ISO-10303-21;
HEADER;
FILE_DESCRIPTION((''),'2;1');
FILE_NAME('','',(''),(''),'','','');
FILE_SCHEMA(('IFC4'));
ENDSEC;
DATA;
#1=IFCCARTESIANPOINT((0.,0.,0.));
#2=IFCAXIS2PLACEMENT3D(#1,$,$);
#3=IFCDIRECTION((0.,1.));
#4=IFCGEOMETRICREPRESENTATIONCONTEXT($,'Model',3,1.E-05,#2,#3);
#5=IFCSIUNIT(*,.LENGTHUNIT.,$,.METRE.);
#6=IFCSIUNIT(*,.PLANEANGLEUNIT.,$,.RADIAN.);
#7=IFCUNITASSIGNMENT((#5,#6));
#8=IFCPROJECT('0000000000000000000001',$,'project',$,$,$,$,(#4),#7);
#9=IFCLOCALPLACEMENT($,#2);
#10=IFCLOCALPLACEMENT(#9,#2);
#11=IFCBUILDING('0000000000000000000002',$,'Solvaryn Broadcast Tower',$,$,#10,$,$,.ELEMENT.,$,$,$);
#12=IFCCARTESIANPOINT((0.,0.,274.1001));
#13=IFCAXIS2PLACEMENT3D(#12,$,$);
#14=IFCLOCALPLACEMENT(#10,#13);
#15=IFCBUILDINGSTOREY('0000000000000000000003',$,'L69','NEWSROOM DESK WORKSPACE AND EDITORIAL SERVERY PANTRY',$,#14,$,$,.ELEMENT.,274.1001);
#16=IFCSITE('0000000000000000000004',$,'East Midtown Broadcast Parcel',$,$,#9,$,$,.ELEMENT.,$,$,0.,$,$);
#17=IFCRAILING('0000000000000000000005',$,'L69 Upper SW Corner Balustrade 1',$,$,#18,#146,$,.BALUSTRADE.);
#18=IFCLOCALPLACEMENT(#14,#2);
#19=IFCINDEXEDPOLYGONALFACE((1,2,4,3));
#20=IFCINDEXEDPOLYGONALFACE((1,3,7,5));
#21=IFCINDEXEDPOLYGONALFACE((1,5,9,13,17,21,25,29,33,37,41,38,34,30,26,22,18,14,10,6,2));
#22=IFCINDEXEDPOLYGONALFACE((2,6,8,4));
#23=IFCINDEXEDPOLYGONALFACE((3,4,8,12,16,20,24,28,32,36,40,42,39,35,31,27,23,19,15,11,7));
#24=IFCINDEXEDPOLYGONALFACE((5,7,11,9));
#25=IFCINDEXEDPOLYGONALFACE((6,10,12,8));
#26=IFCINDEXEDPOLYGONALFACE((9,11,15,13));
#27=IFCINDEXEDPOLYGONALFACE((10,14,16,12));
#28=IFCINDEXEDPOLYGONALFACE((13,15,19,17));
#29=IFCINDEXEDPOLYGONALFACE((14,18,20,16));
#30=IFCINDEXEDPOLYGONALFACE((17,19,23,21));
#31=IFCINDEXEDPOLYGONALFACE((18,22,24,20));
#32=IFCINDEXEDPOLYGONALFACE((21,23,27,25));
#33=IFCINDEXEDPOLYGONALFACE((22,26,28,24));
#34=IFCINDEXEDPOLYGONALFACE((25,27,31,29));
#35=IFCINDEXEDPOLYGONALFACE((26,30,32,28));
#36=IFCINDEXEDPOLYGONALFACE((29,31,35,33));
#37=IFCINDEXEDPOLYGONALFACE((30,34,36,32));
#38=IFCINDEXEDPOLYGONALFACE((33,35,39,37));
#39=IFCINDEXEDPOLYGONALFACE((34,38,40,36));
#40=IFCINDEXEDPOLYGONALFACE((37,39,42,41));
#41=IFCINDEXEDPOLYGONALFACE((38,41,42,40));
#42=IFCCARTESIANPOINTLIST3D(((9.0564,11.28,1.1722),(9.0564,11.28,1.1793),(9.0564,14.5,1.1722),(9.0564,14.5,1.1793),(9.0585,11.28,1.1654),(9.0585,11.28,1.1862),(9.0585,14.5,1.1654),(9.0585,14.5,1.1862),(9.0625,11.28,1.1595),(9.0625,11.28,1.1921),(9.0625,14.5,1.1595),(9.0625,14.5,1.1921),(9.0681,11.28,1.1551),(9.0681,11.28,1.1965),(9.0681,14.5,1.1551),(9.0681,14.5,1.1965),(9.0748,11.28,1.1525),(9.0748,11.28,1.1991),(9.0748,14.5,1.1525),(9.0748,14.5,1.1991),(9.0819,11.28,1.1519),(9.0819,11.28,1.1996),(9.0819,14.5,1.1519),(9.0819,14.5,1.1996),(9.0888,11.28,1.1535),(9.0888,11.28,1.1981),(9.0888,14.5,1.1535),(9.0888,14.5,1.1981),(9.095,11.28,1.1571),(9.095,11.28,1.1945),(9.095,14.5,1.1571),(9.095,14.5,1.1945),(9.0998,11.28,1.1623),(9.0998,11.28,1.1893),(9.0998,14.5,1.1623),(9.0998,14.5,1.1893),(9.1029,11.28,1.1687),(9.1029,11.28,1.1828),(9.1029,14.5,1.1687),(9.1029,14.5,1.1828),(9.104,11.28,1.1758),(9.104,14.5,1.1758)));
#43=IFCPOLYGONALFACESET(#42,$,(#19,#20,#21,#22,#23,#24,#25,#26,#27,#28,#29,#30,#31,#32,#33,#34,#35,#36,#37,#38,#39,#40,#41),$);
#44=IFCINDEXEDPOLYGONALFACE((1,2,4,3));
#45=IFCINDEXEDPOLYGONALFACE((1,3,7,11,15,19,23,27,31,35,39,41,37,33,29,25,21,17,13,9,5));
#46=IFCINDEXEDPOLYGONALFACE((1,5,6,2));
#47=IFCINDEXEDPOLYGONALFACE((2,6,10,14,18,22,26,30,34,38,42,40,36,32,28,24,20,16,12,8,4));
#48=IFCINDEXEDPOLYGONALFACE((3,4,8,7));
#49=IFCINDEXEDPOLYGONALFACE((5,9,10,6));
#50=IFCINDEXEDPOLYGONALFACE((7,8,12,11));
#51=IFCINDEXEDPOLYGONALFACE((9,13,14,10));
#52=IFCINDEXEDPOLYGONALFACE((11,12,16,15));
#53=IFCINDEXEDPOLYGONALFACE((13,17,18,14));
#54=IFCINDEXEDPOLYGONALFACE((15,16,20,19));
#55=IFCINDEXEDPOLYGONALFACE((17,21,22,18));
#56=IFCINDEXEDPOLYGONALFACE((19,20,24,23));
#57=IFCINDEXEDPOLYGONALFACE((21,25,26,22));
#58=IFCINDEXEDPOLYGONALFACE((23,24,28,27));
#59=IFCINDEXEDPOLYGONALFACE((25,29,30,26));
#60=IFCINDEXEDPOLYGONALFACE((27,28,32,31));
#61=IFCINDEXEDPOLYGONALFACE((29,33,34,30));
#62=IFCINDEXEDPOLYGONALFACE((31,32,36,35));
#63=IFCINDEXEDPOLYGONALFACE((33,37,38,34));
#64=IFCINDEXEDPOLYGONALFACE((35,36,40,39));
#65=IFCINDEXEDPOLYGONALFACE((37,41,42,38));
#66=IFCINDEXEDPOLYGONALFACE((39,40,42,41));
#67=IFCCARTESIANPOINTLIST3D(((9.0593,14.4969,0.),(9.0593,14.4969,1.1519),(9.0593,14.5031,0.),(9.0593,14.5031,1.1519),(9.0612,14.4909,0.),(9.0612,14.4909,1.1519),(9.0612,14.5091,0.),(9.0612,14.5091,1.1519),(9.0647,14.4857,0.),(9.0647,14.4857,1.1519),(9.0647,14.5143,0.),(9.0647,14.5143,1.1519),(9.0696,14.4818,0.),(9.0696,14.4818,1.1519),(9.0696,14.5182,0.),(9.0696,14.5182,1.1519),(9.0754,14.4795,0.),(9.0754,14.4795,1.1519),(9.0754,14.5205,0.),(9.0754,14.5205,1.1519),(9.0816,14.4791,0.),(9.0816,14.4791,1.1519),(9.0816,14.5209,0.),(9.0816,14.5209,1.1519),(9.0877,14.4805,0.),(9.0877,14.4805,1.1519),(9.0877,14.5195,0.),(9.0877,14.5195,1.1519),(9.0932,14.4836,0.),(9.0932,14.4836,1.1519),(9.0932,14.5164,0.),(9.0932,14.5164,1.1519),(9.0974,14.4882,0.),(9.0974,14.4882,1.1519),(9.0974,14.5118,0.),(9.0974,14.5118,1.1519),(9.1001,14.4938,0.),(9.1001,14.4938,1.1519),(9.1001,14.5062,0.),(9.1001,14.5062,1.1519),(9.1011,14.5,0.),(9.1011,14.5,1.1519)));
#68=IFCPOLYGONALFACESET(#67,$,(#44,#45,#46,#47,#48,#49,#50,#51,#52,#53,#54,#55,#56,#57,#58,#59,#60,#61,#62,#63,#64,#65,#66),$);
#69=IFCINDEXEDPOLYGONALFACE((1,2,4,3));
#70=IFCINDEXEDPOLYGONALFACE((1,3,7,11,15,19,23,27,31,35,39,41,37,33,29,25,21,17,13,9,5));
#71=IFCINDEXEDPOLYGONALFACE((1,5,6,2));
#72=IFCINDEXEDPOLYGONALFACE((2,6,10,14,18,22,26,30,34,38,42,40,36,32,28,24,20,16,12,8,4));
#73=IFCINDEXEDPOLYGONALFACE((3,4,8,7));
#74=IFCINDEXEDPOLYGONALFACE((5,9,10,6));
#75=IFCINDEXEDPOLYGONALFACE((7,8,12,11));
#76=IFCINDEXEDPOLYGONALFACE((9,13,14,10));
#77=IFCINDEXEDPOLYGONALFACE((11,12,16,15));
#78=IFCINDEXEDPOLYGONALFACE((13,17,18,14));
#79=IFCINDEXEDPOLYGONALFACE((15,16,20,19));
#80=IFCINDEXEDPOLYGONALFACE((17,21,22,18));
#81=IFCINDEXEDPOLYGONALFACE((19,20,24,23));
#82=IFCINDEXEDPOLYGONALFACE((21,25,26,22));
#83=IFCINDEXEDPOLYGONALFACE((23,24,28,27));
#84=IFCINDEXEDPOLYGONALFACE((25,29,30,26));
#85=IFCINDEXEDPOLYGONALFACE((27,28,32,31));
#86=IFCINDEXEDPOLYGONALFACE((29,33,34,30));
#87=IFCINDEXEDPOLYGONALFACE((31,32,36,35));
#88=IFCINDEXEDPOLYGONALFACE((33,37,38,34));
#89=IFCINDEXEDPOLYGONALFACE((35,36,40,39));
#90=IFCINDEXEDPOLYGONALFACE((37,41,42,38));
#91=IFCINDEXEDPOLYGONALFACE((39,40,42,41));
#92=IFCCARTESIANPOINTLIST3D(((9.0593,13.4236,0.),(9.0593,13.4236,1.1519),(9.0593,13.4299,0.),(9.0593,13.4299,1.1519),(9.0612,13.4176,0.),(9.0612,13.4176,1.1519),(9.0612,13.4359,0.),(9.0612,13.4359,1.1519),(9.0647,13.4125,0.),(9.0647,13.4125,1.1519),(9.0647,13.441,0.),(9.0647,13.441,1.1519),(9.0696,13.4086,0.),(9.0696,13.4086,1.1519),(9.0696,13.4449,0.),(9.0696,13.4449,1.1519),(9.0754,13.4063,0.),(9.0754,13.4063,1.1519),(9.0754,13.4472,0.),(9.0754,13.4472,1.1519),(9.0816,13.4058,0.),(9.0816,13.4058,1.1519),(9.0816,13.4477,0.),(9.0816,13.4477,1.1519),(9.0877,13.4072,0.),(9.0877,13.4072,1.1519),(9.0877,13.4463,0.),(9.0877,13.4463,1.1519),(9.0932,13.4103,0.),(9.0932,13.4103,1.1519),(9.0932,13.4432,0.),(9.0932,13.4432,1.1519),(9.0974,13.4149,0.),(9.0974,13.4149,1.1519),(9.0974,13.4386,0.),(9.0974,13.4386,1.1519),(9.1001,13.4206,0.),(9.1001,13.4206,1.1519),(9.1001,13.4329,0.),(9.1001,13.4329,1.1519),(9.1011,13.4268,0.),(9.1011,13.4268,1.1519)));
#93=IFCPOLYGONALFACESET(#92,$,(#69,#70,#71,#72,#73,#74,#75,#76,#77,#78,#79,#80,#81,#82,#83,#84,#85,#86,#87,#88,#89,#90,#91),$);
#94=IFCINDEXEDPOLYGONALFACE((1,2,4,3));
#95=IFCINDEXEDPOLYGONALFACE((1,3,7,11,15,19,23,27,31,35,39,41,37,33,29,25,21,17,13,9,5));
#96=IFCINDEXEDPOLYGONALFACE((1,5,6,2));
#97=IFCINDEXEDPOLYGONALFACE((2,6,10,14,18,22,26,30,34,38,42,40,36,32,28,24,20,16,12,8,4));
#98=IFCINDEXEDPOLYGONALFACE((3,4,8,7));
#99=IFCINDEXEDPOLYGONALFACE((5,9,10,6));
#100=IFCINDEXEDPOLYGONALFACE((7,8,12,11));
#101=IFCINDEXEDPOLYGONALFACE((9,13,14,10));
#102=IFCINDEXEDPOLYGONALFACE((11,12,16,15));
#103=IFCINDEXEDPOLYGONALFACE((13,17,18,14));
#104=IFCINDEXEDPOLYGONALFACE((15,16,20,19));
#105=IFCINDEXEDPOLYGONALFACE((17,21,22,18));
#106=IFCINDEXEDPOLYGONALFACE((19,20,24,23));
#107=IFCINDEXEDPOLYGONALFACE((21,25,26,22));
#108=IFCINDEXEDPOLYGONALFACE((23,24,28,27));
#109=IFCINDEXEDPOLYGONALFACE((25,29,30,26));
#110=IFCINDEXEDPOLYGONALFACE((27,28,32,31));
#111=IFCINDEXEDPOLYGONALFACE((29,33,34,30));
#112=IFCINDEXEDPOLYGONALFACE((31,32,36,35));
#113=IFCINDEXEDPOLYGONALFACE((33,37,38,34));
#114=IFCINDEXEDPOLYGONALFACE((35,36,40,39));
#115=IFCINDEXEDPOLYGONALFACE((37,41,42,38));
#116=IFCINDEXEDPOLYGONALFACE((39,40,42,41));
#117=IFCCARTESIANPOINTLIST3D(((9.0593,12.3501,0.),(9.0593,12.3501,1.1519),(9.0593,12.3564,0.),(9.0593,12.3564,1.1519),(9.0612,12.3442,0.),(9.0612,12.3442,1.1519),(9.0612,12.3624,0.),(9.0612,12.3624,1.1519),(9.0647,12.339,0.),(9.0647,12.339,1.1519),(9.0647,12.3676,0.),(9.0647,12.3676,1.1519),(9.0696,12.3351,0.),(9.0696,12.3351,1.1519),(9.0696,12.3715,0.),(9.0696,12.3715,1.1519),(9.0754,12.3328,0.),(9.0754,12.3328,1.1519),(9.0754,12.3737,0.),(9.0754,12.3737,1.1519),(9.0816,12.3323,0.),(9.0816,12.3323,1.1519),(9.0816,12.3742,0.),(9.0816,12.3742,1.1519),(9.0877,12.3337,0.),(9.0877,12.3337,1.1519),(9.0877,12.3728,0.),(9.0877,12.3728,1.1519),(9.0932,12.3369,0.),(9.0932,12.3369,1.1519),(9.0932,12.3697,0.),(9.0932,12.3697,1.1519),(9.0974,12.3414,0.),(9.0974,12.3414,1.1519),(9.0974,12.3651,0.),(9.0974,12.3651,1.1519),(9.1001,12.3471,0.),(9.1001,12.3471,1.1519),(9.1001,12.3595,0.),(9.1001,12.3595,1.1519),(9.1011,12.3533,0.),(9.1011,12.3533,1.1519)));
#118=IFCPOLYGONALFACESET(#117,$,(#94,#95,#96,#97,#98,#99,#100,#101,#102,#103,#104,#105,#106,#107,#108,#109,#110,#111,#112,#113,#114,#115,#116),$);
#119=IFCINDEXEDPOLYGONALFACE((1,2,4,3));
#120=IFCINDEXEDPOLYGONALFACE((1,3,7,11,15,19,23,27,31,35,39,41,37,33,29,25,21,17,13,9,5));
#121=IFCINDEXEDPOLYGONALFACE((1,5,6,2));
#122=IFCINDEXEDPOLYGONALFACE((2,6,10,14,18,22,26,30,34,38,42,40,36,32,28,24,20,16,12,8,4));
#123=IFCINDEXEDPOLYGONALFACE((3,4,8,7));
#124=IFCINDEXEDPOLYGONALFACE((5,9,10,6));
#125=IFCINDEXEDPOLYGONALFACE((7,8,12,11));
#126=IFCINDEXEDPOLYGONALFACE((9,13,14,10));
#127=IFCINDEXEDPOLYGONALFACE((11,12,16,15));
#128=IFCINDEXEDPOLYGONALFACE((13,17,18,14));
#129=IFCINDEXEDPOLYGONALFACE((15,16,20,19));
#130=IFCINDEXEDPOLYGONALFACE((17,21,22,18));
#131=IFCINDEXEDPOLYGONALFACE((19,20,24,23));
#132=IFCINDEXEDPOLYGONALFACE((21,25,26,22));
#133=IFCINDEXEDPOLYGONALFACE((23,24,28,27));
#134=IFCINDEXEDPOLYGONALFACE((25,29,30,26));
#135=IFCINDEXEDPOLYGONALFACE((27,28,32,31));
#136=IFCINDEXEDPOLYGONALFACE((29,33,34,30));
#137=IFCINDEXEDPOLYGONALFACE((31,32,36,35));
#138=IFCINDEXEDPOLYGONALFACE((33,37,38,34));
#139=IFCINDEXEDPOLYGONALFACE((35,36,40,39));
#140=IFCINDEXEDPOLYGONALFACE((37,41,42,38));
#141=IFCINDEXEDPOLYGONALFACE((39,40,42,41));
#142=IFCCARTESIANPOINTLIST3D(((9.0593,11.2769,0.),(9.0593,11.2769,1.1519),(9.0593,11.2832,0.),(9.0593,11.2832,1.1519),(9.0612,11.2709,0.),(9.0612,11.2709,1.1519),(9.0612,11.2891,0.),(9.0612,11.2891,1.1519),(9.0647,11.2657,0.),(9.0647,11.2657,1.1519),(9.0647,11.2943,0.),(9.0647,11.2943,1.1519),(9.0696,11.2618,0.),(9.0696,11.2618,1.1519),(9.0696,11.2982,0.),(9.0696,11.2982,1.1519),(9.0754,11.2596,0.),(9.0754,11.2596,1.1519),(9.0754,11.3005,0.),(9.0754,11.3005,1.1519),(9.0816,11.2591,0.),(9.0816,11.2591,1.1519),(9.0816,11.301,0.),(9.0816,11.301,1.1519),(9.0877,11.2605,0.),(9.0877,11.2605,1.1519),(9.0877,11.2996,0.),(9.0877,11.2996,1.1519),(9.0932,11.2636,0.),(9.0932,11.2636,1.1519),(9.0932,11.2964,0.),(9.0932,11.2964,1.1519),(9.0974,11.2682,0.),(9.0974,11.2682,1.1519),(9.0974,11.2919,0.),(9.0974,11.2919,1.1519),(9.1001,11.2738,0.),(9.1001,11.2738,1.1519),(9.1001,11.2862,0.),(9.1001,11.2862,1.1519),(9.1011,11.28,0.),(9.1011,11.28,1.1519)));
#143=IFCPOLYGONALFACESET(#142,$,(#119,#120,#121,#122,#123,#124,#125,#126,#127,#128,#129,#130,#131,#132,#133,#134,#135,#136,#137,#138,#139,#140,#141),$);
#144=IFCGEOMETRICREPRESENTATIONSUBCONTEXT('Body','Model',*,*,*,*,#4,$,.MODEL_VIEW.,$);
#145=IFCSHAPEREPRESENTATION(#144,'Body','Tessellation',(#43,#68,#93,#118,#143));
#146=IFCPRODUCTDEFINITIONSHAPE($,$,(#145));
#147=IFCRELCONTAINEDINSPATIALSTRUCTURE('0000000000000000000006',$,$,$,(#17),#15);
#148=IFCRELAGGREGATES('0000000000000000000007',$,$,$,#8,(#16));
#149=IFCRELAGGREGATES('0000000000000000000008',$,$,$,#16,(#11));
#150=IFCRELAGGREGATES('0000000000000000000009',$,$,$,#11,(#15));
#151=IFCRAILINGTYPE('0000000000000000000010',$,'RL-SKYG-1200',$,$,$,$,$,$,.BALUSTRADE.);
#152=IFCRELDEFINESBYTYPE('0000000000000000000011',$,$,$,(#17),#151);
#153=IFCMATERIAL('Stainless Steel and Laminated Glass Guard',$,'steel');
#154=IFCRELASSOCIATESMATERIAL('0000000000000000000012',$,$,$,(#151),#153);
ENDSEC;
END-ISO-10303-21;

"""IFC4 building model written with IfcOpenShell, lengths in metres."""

from ifc_helpers import new_model, si_unit, direction, frame, origin, origin_2d, place, context, subcontext, project, spatial, circle, extrude, material, type_object, element, save


model = new_model("IFC4")

# Units and contexts
model_context = context("Model", 3, precision=1e-05, world=origin(), true_north=direction((0.0, 1.0)))
body_context = subcontext(model_context, "Body", "Model", "MODEL_VIEW")
ifc_project = project(units=[si_unit("LENGTHUNIT", "METRE"), si_unit("PLANEANGLEUNIT", "RADIAN")], contexts=[model_context])

# Site, building, storey
site_placement = place(None, origin())
site = spatial("IfcSite", under=ifc_project, at=site_placement, Name="East Midtown Broadcast Parcel", CompositionType="ELEMENT", RefElevation=0.0)
building_placement = place(site_placement, origin())
building = spatial("IfcBuilding", under=site, at=building_placement, Name="Solvaryn Broadcast Tower", CompositionType="ELEMENT")
storey_placement = place(building_placement, frame((0.0, 0.0, 274.1001)))
storey = spatial("IfcBuildingStorey", under=building, at=storey_placement, Name="L69", Description="NEWSROOM DESK WORKSPACE AND EDITORIAL SERVERY PANTRY", CompositionType="ELEMENT", Elevation=274.1001)

# Railing
ifc_material_1 = material(Name="Stainless Steel and Laminated Glass Guard", Category="steel")
railing_type = type_object("IfcRailingType", Name="RL-SKYG-1200", PredefinedType="BALUSTRADE", material=ifc_material_1)
railing_1_placement = place(storey_placement, frame((9.0801, 14.5, 0.0)))
element("IfcRailing", 1, at=railing_1_placement, inside=storey, type_object=railing_type, Name="L69 Upper SW Corner Balustrade 1", PredefinedType="BALUSTRADE", context=body_context, shape_type="SweptSolid", body=[
    extrude(circle(Radius=0.0239, at=origin_2d()), frame((0.0, 0.0, 1.1758), z_axis=(0.0, -1.0, 0.0), x_axis=(1.0, 0.0, 0.0)), (0.0, 0.0, 1.0), 3.22),
    extrude(circle(Radius=0.021, at=origin_2d()), origin(), (0.0, 0.0, 1.0), 1.1519),
    extrude(circle(Radius=0.021, at=origin_2d()), frame((0.0, -1.0732, 0.0)), (0.0, 0.0, 1.0), 1.1519),
    extrude(circle(Radius=0.021, at=origin_2d()), frame((0.0, -2.1467, 0.0)), (0.0, 0.0, 1.0), 1.1519),
    extrude(circle(Radius=0.021, at=origin_2d()), frame((0.0, -3.22, 0.0)), (0.0, 0.0, 1.0), 1.1519),
])

save(model, "model.ifc")
